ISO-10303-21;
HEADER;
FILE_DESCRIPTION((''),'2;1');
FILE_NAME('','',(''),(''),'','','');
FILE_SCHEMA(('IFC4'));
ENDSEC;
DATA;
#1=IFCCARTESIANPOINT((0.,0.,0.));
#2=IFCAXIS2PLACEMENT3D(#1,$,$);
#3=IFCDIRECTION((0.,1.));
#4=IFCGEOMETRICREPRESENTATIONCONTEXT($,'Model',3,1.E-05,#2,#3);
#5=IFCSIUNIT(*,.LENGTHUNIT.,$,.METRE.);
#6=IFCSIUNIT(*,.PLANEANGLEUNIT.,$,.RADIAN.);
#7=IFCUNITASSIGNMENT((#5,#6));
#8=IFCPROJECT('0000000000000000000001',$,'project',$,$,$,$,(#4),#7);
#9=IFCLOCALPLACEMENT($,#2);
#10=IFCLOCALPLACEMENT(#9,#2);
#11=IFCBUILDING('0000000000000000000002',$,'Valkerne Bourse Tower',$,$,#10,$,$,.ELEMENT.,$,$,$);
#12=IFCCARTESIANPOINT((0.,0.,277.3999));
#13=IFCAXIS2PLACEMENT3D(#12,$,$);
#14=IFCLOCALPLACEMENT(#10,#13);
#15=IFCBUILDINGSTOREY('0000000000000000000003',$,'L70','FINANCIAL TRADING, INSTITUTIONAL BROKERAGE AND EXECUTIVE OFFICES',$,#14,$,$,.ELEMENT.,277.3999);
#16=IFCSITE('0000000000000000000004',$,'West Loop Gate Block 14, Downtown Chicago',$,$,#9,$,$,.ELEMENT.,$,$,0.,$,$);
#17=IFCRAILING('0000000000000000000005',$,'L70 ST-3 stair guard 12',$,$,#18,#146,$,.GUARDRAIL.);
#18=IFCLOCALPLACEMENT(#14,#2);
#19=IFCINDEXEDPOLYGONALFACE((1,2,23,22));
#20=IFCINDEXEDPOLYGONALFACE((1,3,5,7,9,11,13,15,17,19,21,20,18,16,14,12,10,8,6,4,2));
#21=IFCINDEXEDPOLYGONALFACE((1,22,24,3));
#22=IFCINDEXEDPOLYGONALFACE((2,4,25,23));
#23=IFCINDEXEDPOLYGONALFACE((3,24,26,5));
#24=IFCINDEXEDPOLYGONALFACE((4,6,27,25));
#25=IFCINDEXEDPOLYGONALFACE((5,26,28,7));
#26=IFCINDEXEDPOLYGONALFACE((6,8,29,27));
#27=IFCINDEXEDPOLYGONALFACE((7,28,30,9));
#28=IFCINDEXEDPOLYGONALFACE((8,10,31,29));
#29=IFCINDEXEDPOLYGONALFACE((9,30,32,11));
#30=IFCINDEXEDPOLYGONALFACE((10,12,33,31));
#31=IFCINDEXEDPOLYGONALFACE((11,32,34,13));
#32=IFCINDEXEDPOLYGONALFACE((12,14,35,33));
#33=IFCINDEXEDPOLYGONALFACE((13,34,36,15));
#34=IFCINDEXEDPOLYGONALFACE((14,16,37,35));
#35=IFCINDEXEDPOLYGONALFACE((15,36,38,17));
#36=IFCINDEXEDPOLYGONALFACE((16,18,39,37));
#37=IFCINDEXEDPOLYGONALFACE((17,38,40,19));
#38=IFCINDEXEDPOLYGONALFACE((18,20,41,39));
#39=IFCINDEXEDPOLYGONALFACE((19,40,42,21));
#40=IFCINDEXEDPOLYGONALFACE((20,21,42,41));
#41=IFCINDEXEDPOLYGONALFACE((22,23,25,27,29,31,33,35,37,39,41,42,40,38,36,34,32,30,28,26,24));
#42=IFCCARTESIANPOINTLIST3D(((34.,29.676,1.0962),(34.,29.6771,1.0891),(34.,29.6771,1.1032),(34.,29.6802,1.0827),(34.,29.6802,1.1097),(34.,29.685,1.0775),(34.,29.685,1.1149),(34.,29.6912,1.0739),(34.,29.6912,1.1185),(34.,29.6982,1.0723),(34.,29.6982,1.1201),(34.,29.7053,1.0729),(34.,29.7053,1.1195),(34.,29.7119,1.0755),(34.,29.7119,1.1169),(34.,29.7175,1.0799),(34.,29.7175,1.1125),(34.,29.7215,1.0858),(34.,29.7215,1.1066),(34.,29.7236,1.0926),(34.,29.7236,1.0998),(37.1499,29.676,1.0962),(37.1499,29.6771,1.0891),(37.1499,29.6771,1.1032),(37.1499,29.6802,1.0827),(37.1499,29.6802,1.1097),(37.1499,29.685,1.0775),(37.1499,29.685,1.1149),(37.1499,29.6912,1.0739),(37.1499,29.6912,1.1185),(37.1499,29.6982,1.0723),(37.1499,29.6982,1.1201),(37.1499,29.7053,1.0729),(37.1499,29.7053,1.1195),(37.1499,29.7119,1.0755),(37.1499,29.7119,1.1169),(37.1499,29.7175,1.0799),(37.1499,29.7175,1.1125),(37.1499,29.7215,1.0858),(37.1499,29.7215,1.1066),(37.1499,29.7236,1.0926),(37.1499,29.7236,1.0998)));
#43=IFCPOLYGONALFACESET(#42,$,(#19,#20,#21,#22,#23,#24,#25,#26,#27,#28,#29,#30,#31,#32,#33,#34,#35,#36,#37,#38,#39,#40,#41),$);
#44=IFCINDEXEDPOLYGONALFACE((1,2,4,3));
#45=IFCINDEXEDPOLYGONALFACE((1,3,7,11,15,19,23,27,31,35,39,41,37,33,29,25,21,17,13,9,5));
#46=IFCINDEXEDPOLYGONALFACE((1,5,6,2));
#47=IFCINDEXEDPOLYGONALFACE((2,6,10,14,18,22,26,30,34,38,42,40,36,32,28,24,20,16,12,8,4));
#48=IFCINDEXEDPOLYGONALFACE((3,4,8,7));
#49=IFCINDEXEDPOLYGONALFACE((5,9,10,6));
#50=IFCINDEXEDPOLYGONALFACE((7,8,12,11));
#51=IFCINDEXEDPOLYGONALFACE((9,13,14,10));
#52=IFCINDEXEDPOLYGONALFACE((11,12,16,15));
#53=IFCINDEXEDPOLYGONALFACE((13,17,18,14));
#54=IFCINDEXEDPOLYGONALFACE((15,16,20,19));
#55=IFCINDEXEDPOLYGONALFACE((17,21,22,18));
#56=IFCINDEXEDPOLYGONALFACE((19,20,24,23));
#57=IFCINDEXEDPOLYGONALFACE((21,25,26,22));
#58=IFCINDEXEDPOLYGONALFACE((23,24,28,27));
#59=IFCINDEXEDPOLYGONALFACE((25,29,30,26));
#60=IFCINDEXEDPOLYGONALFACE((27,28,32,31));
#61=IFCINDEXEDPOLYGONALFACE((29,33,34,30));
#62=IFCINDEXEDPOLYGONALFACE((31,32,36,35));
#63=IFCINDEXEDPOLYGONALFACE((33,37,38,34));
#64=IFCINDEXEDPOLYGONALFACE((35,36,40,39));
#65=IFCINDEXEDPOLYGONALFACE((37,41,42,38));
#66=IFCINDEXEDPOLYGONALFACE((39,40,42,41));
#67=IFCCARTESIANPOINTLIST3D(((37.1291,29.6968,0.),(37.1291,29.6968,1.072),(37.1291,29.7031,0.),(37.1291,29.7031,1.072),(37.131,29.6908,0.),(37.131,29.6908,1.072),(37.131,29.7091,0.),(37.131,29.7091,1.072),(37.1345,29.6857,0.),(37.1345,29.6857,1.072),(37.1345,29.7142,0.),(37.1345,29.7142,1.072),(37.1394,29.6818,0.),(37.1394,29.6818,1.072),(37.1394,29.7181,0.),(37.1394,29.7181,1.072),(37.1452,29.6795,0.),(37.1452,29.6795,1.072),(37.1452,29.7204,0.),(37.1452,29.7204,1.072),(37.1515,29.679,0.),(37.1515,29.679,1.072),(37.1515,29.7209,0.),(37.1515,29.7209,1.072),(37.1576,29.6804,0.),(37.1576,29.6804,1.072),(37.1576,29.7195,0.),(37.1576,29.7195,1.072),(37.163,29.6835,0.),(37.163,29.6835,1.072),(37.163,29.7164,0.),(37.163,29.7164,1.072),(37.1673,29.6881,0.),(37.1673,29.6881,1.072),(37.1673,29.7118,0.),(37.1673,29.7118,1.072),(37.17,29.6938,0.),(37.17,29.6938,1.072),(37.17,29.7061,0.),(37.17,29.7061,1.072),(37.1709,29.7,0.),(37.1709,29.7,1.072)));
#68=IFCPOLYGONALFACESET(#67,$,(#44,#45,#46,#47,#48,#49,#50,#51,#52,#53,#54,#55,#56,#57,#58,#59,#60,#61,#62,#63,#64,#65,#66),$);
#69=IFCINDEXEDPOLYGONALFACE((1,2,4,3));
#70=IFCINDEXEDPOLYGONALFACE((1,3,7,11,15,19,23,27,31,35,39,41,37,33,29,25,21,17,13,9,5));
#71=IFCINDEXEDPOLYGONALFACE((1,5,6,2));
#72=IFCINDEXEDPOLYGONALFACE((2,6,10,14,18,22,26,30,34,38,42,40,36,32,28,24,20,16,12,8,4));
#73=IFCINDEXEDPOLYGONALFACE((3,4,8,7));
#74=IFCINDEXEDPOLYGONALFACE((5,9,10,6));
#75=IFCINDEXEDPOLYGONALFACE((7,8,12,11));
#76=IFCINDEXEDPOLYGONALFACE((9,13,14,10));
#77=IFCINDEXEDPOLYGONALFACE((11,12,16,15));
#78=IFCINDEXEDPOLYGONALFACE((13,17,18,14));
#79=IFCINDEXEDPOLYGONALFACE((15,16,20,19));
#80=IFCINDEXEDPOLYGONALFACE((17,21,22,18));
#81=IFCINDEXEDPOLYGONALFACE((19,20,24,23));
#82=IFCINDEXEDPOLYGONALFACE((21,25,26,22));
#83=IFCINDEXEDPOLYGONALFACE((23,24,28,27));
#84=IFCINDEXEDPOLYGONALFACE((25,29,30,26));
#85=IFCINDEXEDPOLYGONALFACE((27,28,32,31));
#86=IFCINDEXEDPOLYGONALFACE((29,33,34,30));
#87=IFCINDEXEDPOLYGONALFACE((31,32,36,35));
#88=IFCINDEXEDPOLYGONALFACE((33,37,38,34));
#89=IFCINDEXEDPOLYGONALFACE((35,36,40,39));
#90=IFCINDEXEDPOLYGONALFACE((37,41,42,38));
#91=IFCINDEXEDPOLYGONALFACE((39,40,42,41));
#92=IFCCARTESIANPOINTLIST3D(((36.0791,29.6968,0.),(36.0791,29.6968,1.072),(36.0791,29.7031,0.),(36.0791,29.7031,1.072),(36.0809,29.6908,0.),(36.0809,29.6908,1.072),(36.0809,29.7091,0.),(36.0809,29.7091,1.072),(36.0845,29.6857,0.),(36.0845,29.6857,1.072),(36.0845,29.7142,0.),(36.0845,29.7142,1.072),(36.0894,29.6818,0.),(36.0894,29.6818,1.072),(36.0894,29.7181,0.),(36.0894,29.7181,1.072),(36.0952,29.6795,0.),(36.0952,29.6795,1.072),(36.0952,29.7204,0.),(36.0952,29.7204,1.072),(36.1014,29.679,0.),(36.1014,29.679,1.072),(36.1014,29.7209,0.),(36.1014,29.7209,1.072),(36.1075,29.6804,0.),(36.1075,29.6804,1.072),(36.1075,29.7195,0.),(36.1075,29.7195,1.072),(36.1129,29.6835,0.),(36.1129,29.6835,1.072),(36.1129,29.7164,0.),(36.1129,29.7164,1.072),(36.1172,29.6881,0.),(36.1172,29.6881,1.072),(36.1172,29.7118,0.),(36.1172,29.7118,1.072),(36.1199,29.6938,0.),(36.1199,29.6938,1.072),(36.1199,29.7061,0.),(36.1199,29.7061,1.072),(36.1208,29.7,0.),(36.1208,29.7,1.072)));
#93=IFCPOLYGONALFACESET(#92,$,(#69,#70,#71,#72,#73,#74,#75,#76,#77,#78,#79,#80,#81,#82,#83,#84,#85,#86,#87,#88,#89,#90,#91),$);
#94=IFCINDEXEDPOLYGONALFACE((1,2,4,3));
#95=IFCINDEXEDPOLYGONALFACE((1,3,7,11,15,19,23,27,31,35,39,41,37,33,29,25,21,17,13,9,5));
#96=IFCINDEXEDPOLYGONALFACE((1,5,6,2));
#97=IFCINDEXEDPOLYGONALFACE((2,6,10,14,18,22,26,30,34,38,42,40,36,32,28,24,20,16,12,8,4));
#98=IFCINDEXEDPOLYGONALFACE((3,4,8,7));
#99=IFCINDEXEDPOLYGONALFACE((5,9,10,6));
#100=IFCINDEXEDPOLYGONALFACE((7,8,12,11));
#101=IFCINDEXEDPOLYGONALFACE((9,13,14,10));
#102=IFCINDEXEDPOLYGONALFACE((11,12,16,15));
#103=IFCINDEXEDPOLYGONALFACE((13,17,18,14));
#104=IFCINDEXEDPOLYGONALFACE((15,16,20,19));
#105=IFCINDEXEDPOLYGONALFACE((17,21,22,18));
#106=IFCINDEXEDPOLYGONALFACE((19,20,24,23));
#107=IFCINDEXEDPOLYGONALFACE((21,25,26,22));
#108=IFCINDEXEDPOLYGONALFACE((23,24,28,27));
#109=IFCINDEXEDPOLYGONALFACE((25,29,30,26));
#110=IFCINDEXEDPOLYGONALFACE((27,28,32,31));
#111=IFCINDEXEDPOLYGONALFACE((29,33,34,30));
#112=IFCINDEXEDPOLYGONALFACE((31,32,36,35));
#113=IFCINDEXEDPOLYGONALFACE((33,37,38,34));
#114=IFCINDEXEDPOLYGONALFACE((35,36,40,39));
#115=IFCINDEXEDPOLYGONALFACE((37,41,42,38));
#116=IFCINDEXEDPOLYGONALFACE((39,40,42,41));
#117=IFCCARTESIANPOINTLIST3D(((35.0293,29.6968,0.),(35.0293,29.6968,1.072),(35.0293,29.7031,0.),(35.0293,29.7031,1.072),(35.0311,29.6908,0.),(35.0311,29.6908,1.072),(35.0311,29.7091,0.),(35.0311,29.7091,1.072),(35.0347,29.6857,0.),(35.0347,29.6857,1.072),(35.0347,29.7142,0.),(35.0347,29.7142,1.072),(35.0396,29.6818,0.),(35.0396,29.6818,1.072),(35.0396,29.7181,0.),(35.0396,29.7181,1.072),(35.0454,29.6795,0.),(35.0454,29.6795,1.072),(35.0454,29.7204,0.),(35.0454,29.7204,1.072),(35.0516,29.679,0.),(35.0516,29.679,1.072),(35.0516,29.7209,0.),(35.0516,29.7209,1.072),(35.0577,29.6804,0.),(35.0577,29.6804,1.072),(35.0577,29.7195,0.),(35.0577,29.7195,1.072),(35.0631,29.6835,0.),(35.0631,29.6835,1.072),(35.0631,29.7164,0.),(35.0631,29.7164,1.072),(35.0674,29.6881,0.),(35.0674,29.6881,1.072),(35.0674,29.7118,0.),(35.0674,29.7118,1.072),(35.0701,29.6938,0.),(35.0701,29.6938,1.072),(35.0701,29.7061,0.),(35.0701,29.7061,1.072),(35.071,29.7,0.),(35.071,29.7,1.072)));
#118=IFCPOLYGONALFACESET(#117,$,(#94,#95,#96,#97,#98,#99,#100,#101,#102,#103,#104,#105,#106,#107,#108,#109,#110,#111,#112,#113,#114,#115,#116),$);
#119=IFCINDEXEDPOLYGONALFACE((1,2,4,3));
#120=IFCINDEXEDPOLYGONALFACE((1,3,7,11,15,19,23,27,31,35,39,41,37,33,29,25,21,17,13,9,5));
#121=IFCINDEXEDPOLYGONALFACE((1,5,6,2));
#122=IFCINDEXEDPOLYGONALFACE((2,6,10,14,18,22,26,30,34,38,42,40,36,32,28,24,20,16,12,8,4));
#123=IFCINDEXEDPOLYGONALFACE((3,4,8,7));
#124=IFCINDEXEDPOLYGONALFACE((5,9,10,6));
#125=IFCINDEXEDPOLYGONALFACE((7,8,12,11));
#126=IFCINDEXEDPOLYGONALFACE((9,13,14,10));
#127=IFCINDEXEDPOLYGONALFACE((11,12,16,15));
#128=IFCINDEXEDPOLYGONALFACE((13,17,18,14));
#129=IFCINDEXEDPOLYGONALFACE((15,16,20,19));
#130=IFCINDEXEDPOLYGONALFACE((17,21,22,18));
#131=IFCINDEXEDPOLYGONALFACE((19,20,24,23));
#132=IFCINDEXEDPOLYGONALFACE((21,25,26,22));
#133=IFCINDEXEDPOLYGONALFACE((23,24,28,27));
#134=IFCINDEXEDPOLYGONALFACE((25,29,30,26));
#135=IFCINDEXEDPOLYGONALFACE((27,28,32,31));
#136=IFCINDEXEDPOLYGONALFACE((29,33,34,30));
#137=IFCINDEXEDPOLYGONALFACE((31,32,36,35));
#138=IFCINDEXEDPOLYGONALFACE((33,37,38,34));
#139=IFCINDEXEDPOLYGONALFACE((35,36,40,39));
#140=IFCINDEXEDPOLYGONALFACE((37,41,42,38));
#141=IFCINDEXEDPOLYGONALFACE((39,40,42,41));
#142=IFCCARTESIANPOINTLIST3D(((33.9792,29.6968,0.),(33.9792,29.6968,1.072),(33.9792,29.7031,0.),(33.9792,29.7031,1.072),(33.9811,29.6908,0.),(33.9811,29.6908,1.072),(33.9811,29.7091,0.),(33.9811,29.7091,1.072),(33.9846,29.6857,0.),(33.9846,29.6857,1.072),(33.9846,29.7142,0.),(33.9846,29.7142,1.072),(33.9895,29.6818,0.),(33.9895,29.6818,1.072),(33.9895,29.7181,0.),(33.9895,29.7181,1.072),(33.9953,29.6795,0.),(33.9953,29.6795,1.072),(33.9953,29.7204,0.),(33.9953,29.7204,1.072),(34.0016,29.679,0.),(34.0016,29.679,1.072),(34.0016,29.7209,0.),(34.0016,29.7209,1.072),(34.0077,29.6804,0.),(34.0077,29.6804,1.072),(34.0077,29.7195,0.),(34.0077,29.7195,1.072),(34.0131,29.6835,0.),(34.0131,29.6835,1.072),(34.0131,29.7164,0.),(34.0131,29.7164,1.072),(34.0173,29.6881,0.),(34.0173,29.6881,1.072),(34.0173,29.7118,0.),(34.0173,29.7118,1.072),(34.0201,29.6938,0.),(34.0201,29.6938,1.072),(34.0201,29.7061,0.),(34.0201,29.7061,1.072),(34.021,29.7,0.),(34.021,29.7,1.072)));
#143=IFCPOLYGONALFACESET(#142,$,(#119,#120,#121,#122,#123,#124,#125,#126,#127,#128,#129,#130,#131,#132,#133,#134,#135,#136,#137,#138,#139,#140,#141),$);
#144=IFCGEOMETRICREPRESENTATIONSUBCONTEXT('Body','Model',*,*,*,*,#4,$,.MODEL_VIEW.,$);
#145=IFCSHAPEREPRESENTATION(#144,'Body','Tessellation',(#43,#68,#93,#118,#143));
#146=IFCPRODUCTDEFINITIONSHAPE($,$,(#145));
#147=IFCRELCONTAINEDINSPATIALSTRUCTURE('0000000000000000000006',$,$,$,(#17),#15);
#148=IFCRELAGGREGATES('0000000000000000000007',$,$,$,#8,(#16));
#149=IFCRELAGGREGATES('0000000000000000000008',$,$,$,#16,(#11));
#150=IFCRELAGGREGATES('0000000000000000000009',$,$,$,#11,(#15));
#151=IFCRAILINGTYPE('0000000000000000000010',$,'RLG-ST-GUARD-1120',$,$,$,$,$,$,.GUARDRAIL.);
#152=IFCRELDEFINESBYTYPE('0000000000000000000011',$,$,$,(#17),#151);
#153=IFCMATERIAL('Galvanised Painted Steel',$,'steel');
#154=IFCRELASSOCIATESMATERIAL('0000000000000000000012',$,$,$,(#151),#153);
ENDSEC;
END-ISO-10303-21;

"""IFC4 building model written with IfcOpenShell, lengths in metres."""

from ifc_helpers import new_model, si_unit, direction, frame, origin, origin_2d, place, context, subcontext, project, spatial, circle, extrude, material, type_object, element, save


model = new_model("IFC4")

# Units and contexts
model_context = context("Model", 3, precision=1e-05, world=origin(), true_north=direction((0.0, 1.0)))
body_context = subcontext(model_context, "Body", "Model", "MODEL_VIEW")
ifc_project = project(units=[si_unit("LENGTHUNIT", "METRE"), si_unit("PLANEANGLEUNIT", "RADIAN")], contexts=[model_context])

# Site, building, storey
site_placement = place(None, origin())
site = spatial("IfcSite", under=ifc_project, at=site_placement, Name="West Loop Gate Block 14, Downtown Chicago", CompositionType="ELEMENT", RefElevation=0.0)
building_placement = place(site_placement, origin())
building = spatial("IfcBuilding", under=site, at=building_placement, Name="Valkerne Bourse Tower", CompositionType="ELEMENT")
storey_placement = place(building_placement, frame((0.0, 0.0, 277.3999)))
storey = spatial("IfcBuildingStorey", under=building, at=storey_placement, Name="L70", Description="FINANCIAL TRADING, INSTITUTIONAL BROKERAGE AND EXECUTIVE OFFICES", CompositionType="ELEMENT", Elevation=277.3999)

# Railing
ifc_material_1 = material(Name="Galvanised Painted Steel", Category="steel")
railing_type_1 = type_object("IfcRailingType", Name="RLG-ST-GUARD-1120", PredefinedType="GUARDRAIL", material=ifc_material_1)
railing_1_placement = place(storey_placement, frame((37.1499, 29.7, 0.0)))
element("IfcRailing", 1, at=railing_1_placement, inside=storey, type_object=railing_type_1, Name="L70 ST-3 stair guard 12", PredefinedType="GUARDRAIL", context=body_context, shape_type="SweptSolid", body=[
    extrude(circle(Radius=0.0239, at=origin_2d()), frame((0.0, 0.0, 1.0962), z_axis=(-1.0, 0.0, 0.0), x_axis=(0.0, -1.0, 0.0)), (0.0, 0.0, 1.0), 3.1499),
    extrude(circle(Radius=0.021, at=origin_2d()), origin(), (0.0, 0.0, 1.0), 1.072),
    extrude(circle(Radius=0.021, at=origin_2d()), frame((-1.05, 0.0, 0.0)), (0.0, 0.0, 1.0), 1.072),
    extrude(circle(Radius=0.021, at=origin_2d()), frame((-2.0999, 0.0, 0.0)), (0.0, 0.0, 1.0), 1.072),
    extrude(circle(Radius=0.021, at=origin_2d()), frame((-3.1499, 0.0, 0.0)), (0.0, 0.0, 1.0), 1.072),
])

save(model, "model.ifc")
